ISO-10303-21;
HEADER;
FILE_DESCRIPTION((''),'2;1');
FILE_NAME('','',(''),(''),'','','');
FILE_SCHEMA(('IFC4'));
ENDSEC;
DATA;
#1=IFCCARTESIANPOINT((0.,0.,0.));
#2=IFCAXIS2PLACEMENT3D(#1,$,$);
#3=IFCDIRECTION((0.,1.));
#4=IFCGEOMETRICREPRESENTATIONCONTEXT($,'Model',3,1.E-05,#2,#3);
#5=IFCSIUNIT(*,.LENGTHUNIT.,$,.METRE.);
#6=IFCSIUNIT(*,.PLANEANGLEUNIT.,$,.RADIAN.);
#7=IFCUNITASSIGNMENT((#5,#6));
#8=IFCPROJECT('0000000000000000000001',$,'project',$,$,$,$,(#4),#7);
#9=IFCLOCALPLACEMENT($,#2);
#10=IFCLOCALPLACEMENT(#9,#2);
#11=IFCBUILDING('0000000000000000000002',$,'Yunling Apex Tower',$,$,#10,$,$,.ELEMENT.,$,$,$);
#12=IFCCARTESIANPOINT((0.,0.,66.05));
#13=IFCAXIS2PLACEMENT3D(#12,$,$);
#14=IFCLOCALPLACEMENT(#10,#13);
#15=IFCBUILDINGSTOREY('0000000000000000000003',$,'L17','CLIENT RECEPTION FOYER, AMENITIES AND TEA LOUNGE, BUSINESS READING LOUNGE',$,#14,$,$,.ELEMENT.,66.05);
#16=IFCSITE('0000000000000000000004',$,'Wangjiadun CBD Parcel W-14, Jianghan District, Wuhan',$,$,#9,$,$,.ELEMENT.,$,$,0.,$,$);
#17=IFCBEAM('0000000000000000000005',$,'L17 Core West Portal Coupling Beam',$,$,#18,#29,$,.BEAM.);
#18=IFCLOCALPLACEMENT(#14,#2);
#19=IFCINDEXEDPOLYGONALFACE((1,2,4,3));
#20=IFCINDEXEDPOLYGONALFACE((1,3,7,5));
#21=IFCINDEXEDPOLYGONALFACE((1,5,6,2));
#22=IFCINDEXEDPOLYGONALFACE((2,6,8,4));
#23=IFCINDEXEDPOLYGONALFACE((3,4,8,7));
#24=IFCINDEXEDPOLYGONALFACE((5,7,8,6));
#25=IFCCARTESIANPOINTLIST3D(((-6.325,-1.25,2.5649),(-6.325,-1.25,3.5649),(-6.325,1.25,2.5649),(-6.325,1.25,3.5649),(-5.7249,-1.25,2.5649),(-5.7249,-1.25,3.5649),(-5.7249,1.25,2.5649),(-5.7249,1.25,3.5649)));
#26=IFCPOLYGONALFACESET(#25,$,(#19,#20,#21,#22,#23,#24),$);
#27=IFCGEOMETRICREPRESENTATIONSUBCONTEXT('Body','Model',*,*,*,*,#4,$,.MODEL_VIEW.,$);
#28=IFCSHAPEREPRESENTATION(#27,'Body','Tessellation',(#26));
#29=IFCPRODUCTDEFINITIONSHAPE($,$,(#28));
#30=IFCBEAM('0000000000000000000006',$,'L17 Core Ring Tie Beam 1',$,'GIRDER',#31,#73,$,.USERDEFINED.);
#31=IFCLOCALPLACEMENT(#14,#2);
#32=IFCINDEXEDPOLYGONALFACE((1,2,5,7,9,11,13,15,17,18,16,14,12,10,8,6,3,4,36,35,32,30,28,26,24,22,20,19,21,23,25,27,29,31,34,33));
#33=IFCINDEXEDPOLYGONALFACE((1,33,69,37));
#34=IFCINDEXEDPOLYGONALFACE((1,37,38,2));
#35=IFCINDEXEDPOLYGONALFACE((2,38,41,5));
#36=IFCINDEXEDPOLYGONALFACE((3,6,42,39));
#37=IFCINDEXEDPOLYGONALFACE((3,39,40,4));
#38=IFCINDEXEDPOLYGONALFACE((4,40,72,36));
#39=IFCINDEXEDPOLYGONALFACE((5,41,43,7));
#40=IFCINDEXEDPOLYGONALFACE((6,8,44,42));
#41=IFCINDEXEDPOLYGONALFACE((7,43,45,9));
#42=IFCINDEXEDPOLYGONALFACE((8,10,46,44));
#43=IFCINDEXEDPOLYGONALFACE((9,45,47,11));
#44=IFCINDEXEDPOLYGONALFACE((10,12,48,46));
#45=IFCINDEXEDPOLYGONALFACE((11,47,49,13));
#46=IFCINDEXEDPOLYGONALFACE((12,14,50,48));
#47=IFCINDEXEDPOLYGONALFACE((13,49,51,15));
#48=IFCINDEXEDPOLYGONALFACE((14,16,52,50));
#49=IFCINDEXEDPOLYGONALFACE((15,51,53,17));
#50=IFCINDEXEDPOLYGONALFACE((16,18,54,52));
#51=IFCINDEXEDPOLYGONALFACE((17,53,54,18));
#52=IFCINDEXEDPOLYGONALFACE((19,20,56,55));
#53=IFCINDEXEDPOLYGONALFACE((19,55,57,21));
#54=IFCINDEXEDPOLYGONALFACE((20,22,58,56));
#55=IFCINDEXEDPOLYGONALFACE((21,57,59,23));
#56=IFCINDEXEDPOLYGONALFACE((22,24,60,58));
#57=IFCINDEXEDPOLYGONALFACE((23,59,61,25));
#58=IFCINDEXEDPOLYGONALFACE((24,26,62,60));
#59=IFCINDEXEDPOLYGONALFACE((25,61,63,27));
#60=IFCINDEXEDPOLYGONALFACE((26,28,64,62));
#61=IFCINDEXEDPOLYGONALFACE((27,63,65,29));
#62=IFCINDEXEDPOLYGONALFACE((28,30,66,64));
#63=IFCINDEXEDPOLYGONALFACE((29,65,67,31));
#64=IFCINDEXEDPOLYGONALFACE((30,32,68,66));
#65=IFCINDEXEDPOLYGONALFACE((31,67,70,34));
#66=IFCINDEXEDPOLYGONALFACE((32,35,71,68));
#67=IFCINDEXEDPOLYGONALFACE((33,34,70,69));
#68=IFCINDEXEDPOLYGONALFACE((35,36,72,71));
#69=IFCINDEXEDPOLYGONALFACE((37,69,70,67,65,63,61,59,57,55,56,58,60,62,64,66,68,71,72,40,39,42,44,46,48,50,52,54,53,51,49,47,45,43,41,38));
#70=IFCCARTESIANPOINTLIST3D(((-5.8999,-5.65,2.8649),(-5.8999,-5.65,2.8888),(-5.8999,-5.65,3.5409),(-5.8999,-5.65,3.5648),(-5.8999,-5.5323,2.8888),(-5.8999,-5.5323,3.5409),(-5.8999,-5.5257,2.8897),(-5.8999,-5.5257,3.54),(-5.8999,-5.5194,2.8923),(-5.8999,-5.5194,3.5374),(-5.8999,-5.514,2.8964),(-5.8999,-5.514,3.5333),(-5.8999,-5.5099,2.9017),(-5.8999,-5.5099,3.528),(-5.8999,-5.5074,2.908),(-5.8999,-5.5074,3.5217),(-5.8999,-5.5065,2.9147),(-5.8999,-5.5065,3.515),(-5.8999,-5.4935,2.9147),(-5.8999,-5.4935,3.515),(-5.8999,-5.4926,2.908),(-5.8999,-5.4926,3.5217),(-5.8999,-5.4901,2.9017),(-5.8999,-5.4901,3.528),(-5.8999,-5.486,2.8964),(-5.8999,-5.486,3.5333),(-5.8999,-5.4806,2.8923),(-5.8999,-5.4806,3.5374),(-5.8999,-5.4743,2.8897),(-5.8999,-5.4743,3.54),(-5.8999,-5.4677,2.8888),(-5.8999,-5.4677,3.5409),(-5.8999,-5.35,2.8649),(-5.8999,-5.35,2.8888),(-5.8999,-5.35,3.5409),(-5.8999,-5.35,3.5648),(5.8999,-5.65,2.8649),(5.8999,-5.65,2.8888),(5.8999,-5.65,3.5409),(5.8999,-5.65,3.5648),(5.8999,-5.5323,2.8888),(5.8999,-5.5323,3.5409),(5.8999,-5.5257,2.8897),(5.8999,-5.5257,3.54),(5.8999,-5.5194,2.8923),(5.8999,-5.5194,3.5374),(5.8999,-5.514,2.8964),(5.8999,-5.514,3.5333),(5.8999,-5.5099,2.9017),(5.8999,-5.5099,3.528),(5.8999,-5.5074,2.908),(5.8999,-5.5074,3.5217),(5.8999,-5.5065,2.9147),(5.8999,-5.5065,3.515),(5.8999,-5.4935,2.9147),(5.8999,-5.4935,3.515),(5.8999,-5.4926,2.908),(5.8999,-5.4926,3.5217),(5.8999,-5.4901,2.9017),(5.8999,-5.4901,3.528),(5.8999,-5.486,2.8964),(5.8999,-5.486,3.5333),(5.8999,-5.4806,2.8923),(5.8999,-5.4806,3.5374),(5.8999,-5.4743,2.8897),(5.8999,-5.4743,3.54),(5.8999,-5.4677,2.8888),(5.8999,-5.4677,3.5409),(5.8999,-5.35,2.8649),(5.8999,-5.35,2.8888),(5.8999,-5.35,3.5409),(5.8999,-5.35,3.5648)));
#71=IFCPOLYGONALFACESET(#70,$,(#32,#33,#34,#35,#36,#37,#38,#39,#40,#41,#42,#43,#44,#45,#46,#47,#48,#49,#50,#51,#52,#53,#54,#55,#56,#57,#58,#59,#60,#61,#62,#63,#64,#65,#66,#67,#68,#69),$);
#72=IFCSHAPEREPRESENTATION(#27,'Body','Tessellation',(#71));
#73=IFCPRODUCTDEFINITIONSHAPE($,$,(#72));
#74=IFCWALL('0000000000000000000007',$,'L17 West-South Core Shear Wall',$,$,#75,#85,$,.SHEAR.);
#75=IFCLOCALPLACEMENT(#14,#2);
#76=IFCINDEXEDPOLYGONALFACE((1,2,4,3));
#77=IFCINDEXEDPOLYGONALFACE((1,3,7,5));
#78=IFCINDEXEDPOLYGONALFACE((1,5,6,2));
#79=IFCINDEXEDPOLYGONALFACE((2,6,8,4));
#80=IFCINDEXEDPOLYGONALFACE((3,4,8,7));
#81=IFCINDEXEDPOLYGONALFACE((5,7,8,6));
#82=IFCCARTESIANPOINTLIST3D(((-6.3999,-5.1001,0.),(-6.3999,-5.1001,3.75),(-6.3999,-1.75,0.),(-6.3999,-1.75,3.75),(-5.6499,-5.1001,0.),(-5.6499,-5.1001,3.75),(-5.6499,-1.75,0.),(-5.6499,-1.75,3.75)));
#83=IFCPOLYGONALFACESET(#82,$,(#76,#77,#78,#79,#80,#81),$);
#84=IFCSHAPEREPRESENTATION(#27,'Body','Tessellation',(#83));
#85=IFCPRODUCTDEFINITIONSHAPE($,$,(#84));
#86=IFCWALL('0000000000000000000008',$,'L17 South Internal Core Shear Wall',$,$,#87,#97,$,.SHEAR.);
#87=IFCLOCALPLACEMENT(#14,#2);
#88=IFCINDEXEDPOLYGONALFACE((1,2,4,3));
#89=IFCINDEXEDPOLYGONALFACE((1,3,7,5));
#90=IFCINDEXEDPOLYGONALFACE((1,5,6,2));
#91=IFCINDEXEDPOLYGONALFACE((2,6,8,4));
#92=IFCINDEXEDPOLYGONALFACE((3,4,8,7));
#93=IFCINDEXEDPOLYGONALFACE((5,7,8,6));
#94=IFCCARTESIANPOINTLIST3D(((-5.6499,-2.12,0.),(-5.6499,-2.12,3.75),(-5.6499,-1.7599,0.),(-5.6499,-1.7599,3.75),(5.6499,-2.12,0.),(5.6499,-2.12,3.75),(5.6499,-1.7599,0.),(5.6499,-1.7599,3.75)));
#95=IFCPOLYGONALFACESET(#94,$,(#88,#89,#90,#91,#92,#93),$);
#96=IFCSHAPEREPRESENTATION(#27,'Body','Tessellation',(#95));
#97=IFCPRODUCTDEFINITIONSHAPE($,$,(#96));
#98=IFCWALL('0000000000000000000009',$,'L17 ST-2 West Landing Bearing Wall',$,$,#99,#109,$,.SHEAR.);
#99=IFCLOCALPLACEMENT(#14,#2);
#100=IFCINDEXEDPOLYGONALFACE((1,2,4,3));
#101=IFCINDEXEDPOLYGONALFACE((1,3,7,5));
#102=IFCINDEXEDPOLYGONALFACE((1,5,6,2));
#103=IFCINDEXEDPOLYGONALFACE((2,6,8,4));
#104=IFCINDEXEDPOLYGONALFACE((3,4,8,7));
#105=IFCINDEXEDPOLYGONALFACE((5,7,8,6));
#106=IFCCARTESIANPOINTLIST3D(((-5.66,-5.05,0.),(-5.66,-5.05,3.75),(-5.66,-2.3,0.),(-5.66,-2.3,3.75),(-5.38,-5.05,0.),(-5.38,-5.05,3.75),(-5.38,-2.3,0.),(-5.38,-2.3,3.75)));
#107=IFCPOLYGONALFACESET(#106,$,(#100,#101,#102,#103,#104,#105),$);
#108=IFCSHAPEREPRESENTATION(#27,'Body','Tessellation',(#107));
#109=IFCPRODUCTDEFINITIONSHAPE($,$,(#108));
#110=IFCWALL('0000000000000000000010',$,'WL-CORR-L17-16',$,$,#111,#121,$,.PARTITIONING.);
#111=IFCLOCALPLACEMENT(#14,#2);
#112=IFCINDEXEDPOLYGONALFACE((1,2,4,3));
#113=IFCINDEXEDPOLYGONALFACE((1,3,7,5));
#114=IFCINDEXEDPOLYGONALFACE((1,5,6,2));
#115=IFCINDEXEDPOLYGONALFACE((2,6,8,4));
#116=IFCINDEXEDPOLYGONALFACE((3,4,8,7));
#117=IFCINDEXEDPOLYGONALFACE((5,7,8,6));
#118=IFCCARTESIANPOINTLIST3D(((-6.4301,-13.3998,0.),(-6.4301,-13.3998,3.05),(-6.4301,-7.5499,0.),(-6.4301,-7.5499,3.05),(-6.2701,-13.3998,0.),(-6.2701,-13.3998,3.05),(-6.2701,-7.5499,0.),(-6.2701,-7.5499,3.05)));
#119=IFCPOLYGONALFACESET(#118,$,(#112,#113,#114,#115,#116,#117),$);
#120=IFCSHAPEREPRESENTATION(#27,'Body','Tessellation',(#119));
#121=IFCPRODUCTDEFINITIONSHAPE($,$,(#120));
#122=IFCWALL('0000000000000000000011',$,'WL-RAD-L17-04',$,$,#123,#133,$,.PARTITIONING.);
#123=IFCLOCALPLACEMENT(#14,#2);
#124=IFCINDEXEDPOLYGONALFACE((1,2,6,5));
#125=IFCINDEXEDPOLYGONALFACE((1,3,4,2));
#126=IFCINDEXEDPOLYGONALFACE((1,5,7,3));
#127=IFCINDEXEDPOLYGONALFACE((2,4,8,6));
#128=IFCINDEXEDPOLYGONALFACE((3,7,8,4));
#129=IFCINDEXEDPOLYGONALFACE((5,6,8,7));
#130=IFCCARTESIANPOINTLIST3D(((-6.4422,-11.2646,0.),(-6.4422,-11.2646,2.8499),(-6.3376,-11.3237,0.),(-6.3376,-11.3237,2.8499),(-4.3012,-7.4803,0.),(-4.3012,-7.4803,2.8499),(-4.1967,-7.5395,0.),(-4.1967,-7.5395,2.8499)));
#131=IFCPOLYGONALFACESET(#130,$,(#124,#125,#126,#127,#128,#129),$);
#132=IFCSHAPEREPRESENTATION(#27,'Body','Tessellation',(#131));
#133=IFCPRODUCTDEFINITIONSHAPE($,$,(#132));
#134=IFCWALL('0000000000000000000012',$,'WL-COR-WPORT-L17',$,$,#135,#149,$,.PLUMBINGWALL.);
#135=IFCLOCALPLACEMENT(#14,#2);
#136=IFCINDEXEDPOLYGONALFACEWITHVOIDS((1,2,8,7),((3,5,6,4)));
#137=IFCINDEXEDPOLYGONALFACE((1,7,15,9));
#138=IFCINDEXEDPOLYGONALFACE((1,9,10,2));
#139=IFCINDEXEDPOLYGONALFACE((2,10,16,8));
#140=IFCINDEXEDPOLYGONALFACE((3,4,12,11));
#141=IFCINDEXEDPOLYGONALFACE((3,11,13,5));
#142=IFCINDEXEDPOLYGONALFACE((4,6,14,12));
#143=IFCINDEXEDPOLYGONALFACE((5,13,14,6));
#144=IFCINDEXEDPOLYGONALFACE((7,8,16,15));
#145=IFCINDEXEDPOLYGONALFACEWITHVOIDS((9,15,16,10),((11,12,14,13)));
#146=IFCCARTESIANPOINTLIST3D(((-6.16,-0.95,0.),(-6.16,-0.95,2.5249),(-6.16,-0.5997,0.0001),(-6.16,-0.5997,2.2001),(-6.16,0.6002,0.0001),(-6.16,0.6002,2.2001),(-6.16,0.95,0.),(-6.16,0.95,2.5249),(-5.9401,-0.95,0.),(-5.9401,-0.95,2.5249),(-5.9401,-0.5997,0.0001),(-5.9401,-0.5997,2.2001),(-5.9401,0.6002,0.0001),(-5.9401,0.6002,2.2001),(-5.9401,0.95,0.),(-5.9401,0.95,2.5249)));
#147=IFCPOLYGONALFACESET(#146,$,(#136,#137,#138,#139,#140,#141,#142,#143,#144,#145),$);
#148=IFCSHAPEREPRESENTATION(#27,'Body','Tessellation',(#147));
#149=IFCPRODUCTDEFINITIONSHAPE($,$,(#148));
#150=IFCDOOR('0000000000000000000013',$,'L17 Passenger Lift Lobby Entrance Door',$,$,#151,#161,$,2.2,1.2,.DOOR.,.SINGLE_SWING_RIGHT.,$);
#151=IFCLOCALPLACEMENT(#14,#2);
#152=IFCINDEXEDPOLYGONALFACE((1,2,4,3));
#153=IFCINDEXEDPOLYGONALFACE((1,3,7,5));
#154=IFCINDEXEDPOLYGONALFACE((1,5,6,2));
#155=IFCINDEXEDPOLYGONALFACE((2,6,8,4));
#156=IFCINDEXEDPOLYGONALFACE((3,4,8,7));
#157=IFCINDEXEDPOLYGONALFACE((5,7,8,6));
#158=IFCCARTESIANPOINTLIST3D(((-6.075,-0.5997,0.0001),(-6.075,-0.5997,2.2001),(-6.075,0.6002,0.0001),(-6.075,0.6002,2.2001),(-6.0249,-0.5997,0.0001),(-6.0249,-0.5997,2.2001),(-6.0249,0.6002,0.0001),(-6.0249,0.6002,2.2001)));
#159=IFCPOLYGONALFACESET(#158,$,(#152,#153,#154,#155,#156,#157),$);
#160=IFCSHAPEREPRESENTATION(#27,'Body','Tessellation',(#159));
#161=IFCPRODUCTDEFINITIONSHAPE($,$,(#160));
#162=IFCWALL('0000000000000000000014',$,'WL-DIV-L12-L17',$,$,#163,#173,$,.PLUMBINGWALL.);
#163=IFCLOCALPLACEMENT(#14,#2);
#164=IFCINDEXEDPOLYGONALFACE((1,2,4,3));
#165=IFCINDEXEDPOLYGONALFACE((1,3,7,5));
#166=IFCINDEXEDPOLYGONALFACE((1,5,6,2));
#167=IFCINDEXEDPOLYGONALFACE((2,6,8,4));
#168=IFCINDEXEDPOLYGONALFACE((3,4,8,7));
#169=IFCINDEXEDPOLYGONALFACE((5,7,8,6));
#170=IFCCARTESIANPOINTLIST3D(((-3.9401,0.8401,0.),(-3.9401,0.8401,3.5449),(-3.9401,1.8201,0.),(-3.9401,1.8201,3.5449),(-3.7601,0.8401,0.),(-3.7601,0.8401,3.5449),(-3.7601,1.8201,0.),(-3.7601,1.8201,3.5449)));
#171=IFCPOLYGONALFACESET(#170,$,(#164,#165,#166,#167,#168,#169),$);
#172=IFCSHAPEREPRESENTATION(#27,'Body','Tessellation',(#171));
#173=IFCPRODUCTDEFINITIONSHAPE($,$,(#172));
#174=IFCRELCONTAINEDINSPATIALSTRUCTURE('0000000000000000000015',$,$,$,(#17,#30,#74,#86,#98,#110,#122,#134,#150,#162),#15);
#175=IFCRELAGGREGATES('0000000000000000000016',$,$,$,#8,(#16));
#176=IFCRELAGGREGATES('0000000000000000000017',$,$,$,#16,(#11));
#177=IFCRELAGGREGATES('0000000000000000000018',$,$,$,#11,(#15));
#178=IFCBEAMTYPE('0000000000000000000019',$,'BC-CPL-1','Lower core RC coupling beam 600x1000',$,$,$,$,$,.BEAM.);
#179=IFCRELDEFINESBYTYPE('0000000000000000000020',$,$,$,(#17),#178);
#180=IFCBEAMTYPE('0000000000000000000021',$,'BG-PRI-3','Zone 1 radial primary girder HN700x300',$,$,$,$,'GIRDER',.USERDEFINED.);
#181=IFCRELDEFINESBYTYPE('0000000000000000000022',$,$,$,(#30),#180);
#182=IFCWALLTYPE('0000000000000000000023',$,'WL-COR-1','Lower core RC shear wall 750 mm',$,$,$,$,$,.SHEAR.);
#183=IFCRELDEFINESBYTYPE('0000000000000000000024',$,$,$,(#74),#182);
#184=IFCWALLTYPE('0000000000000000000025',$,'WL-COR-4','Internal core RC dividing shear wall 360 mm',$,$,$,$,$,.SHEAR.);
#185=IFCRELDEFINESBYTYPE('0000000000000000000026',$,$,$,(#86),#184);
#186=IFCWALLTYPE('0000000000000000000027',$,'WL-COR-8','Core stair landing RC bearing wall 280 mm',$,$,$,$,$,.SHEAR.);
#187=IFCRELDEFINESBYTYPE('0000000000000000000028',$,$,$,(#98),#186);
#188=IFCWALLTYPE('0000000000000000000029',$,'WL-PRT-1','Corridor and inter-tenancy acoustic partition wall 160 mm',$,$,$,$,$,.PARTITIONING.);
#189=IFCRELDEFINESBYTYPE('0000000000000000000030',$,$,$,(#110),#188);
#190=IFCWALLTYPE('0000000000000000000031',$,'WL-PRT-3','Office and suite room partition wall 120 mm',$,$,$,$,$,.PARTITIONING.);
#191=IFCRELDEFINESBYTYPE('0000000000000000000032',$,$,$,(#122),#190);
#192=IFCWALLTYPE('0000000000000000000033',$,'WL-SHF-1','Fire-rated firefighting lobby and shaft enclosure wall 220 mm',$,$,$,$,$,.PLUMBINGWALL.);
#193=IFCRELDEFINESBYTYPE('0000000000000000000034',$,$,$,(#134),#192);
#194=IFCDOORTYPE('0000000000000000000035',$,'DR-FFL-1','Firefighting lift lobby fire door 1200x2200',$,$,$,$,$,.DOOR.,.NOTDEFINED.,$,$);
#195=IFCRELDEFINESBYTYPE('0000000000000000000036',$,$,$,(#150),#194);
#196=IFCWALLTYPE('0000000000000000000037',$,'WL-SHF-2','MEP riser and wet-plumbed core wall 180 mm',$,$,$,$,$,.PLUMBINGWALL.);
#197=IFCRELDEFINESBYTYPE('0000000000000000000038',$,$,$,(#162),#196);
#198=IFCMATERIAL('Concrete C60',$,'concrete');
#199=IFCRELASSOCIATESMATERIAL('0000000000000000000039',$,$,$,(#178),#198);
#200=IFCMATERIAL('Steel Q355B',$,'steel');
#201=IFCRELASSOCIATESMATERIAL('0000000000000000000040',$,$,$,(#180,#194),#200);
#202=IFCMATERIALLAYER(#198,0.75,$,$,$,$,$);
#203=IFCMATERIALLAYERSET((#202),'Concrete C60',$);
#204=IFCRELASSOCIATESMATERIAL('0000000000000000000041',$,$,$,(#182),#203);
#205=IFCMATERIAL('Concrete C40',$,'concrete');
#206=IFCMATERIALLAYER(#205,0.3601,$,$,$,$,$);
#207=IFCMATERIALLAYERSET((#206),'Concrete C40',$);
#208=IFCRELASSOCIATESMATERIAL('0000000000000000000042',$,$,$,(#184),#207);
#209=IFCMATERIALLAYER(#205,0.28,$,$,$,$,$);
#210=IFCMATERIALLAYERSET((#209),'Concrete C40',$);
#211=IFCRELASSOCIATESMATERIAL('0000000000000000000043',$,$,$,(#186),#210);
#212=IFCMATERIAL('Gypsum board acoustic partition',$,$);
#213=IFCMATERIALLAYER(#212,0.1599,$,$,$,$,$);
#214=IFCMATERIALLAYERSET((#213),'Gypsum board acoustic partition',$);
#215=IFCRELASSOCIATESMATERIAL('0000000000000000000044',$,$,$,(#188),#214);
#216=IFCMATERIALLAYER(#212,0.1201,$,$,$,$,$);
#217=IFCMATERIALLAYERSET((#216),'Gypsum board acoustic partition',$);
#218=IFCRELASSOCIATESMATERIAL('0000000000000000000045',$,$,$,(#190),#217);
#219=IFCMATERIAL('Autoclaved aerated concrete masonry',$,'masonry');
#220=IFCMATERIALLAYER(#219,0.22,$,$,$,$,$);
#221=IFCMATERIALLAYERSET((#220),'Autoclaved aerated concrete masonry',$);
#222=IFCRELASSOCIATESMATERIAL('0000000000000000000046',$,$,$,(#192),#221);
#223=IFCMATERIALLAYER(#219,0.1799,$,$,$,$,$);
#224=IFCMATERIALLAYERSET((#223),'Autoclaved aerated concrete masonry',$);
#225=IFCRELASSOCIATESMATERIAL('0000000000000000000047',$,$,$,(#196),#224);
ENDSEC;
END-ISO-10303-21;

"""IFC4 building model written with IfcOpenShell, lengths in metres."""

from ifc_helpers import new_model, si_unit, direction, frame, frame_2d, origin, origin_2d, place, context, subcontext, project, spatial, rectangle, i_section, extrude, source, transform, mapped, material, layer, layer_set, material_profile, profile_set, type_object, element, fill, save


model = new_model("IFC4")

# Units and contexts
model_context = context("Model", 3, precision=1e-05, world=origin(), true_north=direction((0.0, 1.0)))
body_context = subcontext(model_context, "Body", "Model", "MODEL_VIEW")
ifc_project = project(units=[si_unit("LENGTHUNIT", "METRE"), si_unit("PLANEANGLEUNIT", "RADIAN")], contexts=[model_context])

# Site, building, storey
site_placement = place(None, origin())
site = spatial("IfcSite", under=ifc_project, at=site_placement, Name="Wangjiadun CBD Parcel W-14, Jianghan District, Wuhan", CompositionType="ELEMENT", RefElevation=0.0)
building_placement = place(site_placement, origin())
building = spatial("IfcBuilding", under=site, at=building_placement, Name="Yunling Apex Tower", CompositionType="ELEMENT")
storey_placement = place(building_placement, frame((0.0, 0.0, 66.05)))
storey = spatial("IfcBuildingStorey", under=building, at=storey_placement, Name="L17", Description="CLIENT RECEPTION FOYER, AMENITIES AND TEA LOUNGE, BUSINESS READING LOUNGE", CompositionType="ELEMENT", Elevation=66.05)

# Shared definitions
ifc_material_1 = material(Name="Concrete C60", Category="concrete")

# Beams
ifc_material_2 = material(Name="Steel Q355B", Category="steel")
ifc_material_profile_1 = material_profile(ifc_material_1, rectangle(XDim=0.6001, YDim=1.0, at=origin_2d()))
ifc_profile_set_1 = profile_set([ifc_material_profile_1], Name="Concrete C60")
beam_type_1 = type_object("IfcBeamType", Name="BC-CPL-1", Description="Lower core RC coupling beam 600x1000", PredefinedType="BEAM", material=ifc_profile_set_1)
shared_shape_1 = source(origin(), body_context, "Body", "SweptSolid", [
    extrude(rectangle(XDim=0.6001, YDim=1.0, at=origin_2d()), origin(), (0.0, 0.0, 1.0), 2.5),
])
beam_1_placement = place(storey_placement, frame((-6.0249, -1.25, 3.0649), z_axis=(0.0, 1.0, 0.0), x_axis=(-1.0, 0.0, 0.0)))
element("IfcBeam", 1, at=beam_1_placement, inside=storey, type_object=beam_type_1, Name="L17 Core West Portal Coupling Beam", PredefinedType="BEAM", context=body_context, shape_type="MappedRepresentation", body=[
    mapped(shared_shape_1, transform((0.0, 0.0, 0.0), scale=1.0)),
])
ifc_material_profile_2 = material_profile(ifc_material_2, i_section(OverallWidth=0.3, OverallDepth=0.7, WebThickness=0.0129, FlangeThickness=0.0239, FilletRadius=0.0259, at=origin_2d()))
ifc_profile_set_2 = profile_set([ifc_material_profile_2], Name="Steel Q355B")
beam_type_2 = type_object("IfcBeamType", Name="BG-PRI-3", Description="Zone 1 radial primary girder HN700x300", ElementType="GIRDER", PredefinedType="USERDEFINED", material=ifc_profile_set_2)
shared_shape_2 = source(origin(), body_context, "Body", "SweptSolid", [
    extrude(i_section(OverallWidth=0.3, OverallDepth=0.7, WebThickness=0.0129, FlangeThickness=0.0239, FilletRadius=0.0259, at=origin_2d()), origin(), (0.0, 0.0, 1.0), 11.7998),
])
beam_2_placement = place(storey_placement, frame((-5.8999, -5.5, 3.2148), z_axis=(1.0, 0.0, 0.0), x_axis=(0.0, 1.0, 0.0)))
element("IfcBeam", 2, at=beam_2_placement, inside=storey, type_object=beam_type_2, Name="L17 Core Ring Tie Beam 1", ObjectType="GIRDER", PredefinedType="USERDEFINED", context=body_context, shape_type="MappedRepresentation", body=[
    mapped(shared_shape_2, transform((0.0, 0.0, 0.0), scale=1.0)),
])

# Walls
ifc_layer_1 = layer(ifc_material_1, 0.75)
ifc_layer_set_1 = layer_set([ifc_layer_1], Name="Concrete C60")
wall_type_1 = type_object("IfcWallType", Name="WL-COR-1", Description="Lower core RC shear wall 750 mm", PredefinedType="SHEAR", material=ifc_layer_set_1)
wall_1_placement = place(storey_placement, frame((-6.0249, -5.1001, 0.0), z_axis=(0.0, 0.0, 1.0), x_axis=(0.0, 1.0, 0.0)))
element("IfcWall", 3, at=wall_1_placement, inside=storey, type_object=wall_type_1, Name="L17 West-South Core Shear Wall", PredefinedType="SHEAR", context=body_context, shape_type="SweptSolid", body=[
    extrude(rectangle(XDim=3.3501, YDim=0.75, at=frame_2d((1.675, 0.0))), origin(), (0.0, 0.0, 1.0), 3.75),
])
ifc_material_3 = material(Name="Concrete C40", Category="concrete")
ifc_layer_2 = layer(ifc_material_3, 0.3601)
ifc_layer_set_2 = layer_set([ifc_layer_2], Name="Concrete C40")
wall_type_2 = type_object("IfcWallType", Name="WL-COR-4", Description="Internal core RC dividing shear wall 360 mm", PredefinedType="SHEAR", material=ifc_layer_set_2)
wall_2_placement = place(storey_placement, frame((-5.6499, -1.9399, 0.0), z_axis=(0.0, 0.0, 1.0), x_axis=(1.0, 0.0, 0.0)))
element("IfcWall", 4, at=wall_2_placement, inside=storey, type_object=wall_type_2, Name="L17 South Internal Core Shear Wall", PredefinedType="SHEAR", context=body_context, shape_type="SweptSolid", body=[
    extrude(rectangle(XDim=11.2998, YDim=0.3601, at=frame_2d((5.6499, 0.0))), origin(), (0.0, 0.0, 1.0), 3.75),
])
ifc_layer_3 = layer(ifc_material_3, 0.28)
ifc_layer_set_3 = layer_set([ifc_layer_3], Name="Concrete C40")
wall_type_3 = type_object("IfcWallType", Name="WL-COR-8", Description="Core stair landing RC bearing wall 280 mm", PredefinedType="SHEAR", material=ifc_layer_set_3)
wall_3_placement = place(storey_placement, frame((-5.52, -5.05, 0.0), z_axis=(0.0, 0.0, 1.0), x_axis=(0.0, 1.0, 0.0)))
element("IfcWall", 5, at=wall_3_placement, inside=storey, type_object=wall_type_3, Name="L17 ST-2 West Landing Bearing Wall", PredefinedType="SHEAR", context=body_context, shape_type="SweptSolid", body=[
    extrude(rectangle(XDim=2.75, YDim=0.28, at=frame_2d((1.375, 0.0))), origin(), (0.0, 0.0, 1.0), 3.75),
])
ifc_material_4 = material(Name="Gypsum board acoustic partition")
ifc_layer_4 = layer(ifc_material_4, 0.1599)
ifc_layer_set_4 = layer_set([ifc_layer_4], Name="Gypsum board acoustic partition")
wall_type_4 = type_object("IfcWallType", Name="WL-PRT-1", Description="Corridor and inter-tenancy acoustic partition wall 160 mm", PredefinedType="PARTITIONING", material=ifc_layer_set_4)
wall_4_placement = place(storey_placement, frame((-6.3501, -7.55, 0.0), z_axis=(0.0, 0.0, 1.0), x_axis=(0.0, -1.0, 0.0)))
element("IfcWall", 6, at=wall_4_placement, inside=storey, type_object=wall_type_4, Name="WL-CORR-L17-16", PredefinedType="PARTITIONING", context=body_context, shape_type="SweptSolid", body=[
    extrude(rectangle(XDim=5.8499, YDim=0.1599, at=frame_2d((2.9248, 0.0))), origin(), (0.0, 0.0, 1.0), 3.05),
])
ifc_layer_5 = layer(ifc_material_4, 0.1201)
ifc_layer_set_5 = layer_set([ifc_layer_5], Name="Gypsum board acoustic partition")
wall_type_5 = type_object("IfcWallType", Name="WL-PRT-3", Description="Office and suite room partition wall 120 mm", PredefinedType="PARTITIONING", material=ifc_layer_set_5)
wall_5_placement = place(storey_placement, frame((-4.249, -7.51, 0.0), z_axis=(0.0, 0.0, 1.0), x_axis=(-0.492403, -0.870367, 0.0)))
element("IfcWall", 7, at=wall_5_placement, inside=storey, type_object=wall_type_5, Name="WL-RAD-L17-04", PredefinedType="PARTITIONING", context=body_context, shape_type="SweptSolid", body=[
    extrude(rectangle(XDim=4.3479, YDim=0.1201, at=frame_2d((2.1738, 0.0))), origin(), (0.0, 0.0, 1.0), 2.8499),
])

# Wall, opening, door
ifc_material_5 = material(Name="Autoclaved aerated concrete masonry", Category="masonry")
ifc_layer_6 = layer(ifc_material_5, 0.22)
ifc_layer_set_6 = layer_set([ifc_layer_6], Name="Autoclaved aerated concrete masonry")
wall_type_6 = type_object("IfcWallType", Name="WL-SHF-1", Description="Fire-rated firefighting lobby and shaft enclosure wall 220 mm", PredefinedType="PLUMBINGWALL", material=ifc_layer_set_6)
wall_6_placement = place(storey_placement, frame((-6.05, -0.95, 0.0), z_axis=(0.0, 0.0, 1.0), x_axis=(0.0, 1.0, 0.0)))
wall_6 = element("IfcWall", 8, at=wall_6_placement, inside=storey, type_object=wall_type_6, Name="WL-COR-WPORT-L17", PredefinedType="PLUMBINGWALL", context=body_context, shape_type="SweptSolid", body=[
    extrude(rectangle(XDim=1.8999, YDim=0.22, at=frame_2d((0.95, 0.0))), origin(), (0.0, 0.0, 1.0), 2.5249),
])
opening_1_placement = place(wall_6_placement, frame((0.3501, 0.0, 0.0)))
opening_1 = element("IfcOpeningElement", 9, at=opening_1_placement, cuts=wall_6, PredefinedType="OPENING", context=body_context, shape_type="SweptSolid", body=[
    extrude(rectangle(XDim=1.2, YDim=2.2, at=frame_2d((0.6001, 1.1001))), frame((0.0, 0.1201, 0.0), z_axis=(0.0, -1.0, 0.0), x_axis=(1.0, 0.0, 0.0)), (0.0, 0.0, 1.0), 0.24),
])
door_type_1 = type_object("IfcDoorType", Name="DR-FFL-1", Description="Firefighting lift lobby fire door 1200x2200", OperationType="NOTDEFINED", PredefinedType="DOOR", material=ifc_material_2)
door_1_placement = place(opening_1_placement, origin())
door_1 = element("IfcDoor", 10, at=door_1_placement, inside=storey, type_object=door_type_1, Name="L17 Passenger Lift Lobby Entrance Door", OperationType="SINGLE_SWING_RIGHT", OverallHeight=2.2, OverallWidth=1.2, PredefinedType="DOOR", context=body_context, shape_type="SweptSolid", body=[
    extrude(rectangle(XDim=1.2, YDim=2.2, at=frame_2d((0.6001, 1.1001))), frame((0.0, 0.0249, 0.0), z_axis=(0.0, -1.0, 0.0), x_axis=(1.0, 0.0, 0.0)), (0.0, 0.0, 1.0), 0.05),
])
fill(opening_1, door_1)

# Wall
ifc_layer_7 = layer(ifc_material_5, 0.1799)
ifc_layer_set_7 = layer_set([ifc_layer_7], Name="Autoclaved aerated concrete masonry")
wall_type_7 = type_object("IfcWallType", Name="WL-SHF-2", Description="MEP riser and wet-plumbed core wall 180 mm", PredefinedType="PLUMBINGWALL", material=ifc_layer_set_7)
for number, where, z_axis, x_axis, name in (
    (11, (-3.8501, 0.8401, 0.0), (0.0, 0.0, 1.0), (0.0, 1.0, 0.0), "WL-DIV-L12-L17"),
):
    element("IfcWall", number, at=place(storey_placement, frame(where, z_axis=z_axis, x_axis=x_axis)), inside=storey, type_object=wall_type_7, Name=name, PredefinedType="PLUMBINGWALL", context=body_context, shape_type="SweptSolid", body=[
        extrude(rectangle(XDim=0.98, YDim=0.1799, at=frame_2d((0.49, 0.0))), origin(), (0.0, 0.0, 1.0), 3.5449),
    ])

save(model, "model.ifc")
